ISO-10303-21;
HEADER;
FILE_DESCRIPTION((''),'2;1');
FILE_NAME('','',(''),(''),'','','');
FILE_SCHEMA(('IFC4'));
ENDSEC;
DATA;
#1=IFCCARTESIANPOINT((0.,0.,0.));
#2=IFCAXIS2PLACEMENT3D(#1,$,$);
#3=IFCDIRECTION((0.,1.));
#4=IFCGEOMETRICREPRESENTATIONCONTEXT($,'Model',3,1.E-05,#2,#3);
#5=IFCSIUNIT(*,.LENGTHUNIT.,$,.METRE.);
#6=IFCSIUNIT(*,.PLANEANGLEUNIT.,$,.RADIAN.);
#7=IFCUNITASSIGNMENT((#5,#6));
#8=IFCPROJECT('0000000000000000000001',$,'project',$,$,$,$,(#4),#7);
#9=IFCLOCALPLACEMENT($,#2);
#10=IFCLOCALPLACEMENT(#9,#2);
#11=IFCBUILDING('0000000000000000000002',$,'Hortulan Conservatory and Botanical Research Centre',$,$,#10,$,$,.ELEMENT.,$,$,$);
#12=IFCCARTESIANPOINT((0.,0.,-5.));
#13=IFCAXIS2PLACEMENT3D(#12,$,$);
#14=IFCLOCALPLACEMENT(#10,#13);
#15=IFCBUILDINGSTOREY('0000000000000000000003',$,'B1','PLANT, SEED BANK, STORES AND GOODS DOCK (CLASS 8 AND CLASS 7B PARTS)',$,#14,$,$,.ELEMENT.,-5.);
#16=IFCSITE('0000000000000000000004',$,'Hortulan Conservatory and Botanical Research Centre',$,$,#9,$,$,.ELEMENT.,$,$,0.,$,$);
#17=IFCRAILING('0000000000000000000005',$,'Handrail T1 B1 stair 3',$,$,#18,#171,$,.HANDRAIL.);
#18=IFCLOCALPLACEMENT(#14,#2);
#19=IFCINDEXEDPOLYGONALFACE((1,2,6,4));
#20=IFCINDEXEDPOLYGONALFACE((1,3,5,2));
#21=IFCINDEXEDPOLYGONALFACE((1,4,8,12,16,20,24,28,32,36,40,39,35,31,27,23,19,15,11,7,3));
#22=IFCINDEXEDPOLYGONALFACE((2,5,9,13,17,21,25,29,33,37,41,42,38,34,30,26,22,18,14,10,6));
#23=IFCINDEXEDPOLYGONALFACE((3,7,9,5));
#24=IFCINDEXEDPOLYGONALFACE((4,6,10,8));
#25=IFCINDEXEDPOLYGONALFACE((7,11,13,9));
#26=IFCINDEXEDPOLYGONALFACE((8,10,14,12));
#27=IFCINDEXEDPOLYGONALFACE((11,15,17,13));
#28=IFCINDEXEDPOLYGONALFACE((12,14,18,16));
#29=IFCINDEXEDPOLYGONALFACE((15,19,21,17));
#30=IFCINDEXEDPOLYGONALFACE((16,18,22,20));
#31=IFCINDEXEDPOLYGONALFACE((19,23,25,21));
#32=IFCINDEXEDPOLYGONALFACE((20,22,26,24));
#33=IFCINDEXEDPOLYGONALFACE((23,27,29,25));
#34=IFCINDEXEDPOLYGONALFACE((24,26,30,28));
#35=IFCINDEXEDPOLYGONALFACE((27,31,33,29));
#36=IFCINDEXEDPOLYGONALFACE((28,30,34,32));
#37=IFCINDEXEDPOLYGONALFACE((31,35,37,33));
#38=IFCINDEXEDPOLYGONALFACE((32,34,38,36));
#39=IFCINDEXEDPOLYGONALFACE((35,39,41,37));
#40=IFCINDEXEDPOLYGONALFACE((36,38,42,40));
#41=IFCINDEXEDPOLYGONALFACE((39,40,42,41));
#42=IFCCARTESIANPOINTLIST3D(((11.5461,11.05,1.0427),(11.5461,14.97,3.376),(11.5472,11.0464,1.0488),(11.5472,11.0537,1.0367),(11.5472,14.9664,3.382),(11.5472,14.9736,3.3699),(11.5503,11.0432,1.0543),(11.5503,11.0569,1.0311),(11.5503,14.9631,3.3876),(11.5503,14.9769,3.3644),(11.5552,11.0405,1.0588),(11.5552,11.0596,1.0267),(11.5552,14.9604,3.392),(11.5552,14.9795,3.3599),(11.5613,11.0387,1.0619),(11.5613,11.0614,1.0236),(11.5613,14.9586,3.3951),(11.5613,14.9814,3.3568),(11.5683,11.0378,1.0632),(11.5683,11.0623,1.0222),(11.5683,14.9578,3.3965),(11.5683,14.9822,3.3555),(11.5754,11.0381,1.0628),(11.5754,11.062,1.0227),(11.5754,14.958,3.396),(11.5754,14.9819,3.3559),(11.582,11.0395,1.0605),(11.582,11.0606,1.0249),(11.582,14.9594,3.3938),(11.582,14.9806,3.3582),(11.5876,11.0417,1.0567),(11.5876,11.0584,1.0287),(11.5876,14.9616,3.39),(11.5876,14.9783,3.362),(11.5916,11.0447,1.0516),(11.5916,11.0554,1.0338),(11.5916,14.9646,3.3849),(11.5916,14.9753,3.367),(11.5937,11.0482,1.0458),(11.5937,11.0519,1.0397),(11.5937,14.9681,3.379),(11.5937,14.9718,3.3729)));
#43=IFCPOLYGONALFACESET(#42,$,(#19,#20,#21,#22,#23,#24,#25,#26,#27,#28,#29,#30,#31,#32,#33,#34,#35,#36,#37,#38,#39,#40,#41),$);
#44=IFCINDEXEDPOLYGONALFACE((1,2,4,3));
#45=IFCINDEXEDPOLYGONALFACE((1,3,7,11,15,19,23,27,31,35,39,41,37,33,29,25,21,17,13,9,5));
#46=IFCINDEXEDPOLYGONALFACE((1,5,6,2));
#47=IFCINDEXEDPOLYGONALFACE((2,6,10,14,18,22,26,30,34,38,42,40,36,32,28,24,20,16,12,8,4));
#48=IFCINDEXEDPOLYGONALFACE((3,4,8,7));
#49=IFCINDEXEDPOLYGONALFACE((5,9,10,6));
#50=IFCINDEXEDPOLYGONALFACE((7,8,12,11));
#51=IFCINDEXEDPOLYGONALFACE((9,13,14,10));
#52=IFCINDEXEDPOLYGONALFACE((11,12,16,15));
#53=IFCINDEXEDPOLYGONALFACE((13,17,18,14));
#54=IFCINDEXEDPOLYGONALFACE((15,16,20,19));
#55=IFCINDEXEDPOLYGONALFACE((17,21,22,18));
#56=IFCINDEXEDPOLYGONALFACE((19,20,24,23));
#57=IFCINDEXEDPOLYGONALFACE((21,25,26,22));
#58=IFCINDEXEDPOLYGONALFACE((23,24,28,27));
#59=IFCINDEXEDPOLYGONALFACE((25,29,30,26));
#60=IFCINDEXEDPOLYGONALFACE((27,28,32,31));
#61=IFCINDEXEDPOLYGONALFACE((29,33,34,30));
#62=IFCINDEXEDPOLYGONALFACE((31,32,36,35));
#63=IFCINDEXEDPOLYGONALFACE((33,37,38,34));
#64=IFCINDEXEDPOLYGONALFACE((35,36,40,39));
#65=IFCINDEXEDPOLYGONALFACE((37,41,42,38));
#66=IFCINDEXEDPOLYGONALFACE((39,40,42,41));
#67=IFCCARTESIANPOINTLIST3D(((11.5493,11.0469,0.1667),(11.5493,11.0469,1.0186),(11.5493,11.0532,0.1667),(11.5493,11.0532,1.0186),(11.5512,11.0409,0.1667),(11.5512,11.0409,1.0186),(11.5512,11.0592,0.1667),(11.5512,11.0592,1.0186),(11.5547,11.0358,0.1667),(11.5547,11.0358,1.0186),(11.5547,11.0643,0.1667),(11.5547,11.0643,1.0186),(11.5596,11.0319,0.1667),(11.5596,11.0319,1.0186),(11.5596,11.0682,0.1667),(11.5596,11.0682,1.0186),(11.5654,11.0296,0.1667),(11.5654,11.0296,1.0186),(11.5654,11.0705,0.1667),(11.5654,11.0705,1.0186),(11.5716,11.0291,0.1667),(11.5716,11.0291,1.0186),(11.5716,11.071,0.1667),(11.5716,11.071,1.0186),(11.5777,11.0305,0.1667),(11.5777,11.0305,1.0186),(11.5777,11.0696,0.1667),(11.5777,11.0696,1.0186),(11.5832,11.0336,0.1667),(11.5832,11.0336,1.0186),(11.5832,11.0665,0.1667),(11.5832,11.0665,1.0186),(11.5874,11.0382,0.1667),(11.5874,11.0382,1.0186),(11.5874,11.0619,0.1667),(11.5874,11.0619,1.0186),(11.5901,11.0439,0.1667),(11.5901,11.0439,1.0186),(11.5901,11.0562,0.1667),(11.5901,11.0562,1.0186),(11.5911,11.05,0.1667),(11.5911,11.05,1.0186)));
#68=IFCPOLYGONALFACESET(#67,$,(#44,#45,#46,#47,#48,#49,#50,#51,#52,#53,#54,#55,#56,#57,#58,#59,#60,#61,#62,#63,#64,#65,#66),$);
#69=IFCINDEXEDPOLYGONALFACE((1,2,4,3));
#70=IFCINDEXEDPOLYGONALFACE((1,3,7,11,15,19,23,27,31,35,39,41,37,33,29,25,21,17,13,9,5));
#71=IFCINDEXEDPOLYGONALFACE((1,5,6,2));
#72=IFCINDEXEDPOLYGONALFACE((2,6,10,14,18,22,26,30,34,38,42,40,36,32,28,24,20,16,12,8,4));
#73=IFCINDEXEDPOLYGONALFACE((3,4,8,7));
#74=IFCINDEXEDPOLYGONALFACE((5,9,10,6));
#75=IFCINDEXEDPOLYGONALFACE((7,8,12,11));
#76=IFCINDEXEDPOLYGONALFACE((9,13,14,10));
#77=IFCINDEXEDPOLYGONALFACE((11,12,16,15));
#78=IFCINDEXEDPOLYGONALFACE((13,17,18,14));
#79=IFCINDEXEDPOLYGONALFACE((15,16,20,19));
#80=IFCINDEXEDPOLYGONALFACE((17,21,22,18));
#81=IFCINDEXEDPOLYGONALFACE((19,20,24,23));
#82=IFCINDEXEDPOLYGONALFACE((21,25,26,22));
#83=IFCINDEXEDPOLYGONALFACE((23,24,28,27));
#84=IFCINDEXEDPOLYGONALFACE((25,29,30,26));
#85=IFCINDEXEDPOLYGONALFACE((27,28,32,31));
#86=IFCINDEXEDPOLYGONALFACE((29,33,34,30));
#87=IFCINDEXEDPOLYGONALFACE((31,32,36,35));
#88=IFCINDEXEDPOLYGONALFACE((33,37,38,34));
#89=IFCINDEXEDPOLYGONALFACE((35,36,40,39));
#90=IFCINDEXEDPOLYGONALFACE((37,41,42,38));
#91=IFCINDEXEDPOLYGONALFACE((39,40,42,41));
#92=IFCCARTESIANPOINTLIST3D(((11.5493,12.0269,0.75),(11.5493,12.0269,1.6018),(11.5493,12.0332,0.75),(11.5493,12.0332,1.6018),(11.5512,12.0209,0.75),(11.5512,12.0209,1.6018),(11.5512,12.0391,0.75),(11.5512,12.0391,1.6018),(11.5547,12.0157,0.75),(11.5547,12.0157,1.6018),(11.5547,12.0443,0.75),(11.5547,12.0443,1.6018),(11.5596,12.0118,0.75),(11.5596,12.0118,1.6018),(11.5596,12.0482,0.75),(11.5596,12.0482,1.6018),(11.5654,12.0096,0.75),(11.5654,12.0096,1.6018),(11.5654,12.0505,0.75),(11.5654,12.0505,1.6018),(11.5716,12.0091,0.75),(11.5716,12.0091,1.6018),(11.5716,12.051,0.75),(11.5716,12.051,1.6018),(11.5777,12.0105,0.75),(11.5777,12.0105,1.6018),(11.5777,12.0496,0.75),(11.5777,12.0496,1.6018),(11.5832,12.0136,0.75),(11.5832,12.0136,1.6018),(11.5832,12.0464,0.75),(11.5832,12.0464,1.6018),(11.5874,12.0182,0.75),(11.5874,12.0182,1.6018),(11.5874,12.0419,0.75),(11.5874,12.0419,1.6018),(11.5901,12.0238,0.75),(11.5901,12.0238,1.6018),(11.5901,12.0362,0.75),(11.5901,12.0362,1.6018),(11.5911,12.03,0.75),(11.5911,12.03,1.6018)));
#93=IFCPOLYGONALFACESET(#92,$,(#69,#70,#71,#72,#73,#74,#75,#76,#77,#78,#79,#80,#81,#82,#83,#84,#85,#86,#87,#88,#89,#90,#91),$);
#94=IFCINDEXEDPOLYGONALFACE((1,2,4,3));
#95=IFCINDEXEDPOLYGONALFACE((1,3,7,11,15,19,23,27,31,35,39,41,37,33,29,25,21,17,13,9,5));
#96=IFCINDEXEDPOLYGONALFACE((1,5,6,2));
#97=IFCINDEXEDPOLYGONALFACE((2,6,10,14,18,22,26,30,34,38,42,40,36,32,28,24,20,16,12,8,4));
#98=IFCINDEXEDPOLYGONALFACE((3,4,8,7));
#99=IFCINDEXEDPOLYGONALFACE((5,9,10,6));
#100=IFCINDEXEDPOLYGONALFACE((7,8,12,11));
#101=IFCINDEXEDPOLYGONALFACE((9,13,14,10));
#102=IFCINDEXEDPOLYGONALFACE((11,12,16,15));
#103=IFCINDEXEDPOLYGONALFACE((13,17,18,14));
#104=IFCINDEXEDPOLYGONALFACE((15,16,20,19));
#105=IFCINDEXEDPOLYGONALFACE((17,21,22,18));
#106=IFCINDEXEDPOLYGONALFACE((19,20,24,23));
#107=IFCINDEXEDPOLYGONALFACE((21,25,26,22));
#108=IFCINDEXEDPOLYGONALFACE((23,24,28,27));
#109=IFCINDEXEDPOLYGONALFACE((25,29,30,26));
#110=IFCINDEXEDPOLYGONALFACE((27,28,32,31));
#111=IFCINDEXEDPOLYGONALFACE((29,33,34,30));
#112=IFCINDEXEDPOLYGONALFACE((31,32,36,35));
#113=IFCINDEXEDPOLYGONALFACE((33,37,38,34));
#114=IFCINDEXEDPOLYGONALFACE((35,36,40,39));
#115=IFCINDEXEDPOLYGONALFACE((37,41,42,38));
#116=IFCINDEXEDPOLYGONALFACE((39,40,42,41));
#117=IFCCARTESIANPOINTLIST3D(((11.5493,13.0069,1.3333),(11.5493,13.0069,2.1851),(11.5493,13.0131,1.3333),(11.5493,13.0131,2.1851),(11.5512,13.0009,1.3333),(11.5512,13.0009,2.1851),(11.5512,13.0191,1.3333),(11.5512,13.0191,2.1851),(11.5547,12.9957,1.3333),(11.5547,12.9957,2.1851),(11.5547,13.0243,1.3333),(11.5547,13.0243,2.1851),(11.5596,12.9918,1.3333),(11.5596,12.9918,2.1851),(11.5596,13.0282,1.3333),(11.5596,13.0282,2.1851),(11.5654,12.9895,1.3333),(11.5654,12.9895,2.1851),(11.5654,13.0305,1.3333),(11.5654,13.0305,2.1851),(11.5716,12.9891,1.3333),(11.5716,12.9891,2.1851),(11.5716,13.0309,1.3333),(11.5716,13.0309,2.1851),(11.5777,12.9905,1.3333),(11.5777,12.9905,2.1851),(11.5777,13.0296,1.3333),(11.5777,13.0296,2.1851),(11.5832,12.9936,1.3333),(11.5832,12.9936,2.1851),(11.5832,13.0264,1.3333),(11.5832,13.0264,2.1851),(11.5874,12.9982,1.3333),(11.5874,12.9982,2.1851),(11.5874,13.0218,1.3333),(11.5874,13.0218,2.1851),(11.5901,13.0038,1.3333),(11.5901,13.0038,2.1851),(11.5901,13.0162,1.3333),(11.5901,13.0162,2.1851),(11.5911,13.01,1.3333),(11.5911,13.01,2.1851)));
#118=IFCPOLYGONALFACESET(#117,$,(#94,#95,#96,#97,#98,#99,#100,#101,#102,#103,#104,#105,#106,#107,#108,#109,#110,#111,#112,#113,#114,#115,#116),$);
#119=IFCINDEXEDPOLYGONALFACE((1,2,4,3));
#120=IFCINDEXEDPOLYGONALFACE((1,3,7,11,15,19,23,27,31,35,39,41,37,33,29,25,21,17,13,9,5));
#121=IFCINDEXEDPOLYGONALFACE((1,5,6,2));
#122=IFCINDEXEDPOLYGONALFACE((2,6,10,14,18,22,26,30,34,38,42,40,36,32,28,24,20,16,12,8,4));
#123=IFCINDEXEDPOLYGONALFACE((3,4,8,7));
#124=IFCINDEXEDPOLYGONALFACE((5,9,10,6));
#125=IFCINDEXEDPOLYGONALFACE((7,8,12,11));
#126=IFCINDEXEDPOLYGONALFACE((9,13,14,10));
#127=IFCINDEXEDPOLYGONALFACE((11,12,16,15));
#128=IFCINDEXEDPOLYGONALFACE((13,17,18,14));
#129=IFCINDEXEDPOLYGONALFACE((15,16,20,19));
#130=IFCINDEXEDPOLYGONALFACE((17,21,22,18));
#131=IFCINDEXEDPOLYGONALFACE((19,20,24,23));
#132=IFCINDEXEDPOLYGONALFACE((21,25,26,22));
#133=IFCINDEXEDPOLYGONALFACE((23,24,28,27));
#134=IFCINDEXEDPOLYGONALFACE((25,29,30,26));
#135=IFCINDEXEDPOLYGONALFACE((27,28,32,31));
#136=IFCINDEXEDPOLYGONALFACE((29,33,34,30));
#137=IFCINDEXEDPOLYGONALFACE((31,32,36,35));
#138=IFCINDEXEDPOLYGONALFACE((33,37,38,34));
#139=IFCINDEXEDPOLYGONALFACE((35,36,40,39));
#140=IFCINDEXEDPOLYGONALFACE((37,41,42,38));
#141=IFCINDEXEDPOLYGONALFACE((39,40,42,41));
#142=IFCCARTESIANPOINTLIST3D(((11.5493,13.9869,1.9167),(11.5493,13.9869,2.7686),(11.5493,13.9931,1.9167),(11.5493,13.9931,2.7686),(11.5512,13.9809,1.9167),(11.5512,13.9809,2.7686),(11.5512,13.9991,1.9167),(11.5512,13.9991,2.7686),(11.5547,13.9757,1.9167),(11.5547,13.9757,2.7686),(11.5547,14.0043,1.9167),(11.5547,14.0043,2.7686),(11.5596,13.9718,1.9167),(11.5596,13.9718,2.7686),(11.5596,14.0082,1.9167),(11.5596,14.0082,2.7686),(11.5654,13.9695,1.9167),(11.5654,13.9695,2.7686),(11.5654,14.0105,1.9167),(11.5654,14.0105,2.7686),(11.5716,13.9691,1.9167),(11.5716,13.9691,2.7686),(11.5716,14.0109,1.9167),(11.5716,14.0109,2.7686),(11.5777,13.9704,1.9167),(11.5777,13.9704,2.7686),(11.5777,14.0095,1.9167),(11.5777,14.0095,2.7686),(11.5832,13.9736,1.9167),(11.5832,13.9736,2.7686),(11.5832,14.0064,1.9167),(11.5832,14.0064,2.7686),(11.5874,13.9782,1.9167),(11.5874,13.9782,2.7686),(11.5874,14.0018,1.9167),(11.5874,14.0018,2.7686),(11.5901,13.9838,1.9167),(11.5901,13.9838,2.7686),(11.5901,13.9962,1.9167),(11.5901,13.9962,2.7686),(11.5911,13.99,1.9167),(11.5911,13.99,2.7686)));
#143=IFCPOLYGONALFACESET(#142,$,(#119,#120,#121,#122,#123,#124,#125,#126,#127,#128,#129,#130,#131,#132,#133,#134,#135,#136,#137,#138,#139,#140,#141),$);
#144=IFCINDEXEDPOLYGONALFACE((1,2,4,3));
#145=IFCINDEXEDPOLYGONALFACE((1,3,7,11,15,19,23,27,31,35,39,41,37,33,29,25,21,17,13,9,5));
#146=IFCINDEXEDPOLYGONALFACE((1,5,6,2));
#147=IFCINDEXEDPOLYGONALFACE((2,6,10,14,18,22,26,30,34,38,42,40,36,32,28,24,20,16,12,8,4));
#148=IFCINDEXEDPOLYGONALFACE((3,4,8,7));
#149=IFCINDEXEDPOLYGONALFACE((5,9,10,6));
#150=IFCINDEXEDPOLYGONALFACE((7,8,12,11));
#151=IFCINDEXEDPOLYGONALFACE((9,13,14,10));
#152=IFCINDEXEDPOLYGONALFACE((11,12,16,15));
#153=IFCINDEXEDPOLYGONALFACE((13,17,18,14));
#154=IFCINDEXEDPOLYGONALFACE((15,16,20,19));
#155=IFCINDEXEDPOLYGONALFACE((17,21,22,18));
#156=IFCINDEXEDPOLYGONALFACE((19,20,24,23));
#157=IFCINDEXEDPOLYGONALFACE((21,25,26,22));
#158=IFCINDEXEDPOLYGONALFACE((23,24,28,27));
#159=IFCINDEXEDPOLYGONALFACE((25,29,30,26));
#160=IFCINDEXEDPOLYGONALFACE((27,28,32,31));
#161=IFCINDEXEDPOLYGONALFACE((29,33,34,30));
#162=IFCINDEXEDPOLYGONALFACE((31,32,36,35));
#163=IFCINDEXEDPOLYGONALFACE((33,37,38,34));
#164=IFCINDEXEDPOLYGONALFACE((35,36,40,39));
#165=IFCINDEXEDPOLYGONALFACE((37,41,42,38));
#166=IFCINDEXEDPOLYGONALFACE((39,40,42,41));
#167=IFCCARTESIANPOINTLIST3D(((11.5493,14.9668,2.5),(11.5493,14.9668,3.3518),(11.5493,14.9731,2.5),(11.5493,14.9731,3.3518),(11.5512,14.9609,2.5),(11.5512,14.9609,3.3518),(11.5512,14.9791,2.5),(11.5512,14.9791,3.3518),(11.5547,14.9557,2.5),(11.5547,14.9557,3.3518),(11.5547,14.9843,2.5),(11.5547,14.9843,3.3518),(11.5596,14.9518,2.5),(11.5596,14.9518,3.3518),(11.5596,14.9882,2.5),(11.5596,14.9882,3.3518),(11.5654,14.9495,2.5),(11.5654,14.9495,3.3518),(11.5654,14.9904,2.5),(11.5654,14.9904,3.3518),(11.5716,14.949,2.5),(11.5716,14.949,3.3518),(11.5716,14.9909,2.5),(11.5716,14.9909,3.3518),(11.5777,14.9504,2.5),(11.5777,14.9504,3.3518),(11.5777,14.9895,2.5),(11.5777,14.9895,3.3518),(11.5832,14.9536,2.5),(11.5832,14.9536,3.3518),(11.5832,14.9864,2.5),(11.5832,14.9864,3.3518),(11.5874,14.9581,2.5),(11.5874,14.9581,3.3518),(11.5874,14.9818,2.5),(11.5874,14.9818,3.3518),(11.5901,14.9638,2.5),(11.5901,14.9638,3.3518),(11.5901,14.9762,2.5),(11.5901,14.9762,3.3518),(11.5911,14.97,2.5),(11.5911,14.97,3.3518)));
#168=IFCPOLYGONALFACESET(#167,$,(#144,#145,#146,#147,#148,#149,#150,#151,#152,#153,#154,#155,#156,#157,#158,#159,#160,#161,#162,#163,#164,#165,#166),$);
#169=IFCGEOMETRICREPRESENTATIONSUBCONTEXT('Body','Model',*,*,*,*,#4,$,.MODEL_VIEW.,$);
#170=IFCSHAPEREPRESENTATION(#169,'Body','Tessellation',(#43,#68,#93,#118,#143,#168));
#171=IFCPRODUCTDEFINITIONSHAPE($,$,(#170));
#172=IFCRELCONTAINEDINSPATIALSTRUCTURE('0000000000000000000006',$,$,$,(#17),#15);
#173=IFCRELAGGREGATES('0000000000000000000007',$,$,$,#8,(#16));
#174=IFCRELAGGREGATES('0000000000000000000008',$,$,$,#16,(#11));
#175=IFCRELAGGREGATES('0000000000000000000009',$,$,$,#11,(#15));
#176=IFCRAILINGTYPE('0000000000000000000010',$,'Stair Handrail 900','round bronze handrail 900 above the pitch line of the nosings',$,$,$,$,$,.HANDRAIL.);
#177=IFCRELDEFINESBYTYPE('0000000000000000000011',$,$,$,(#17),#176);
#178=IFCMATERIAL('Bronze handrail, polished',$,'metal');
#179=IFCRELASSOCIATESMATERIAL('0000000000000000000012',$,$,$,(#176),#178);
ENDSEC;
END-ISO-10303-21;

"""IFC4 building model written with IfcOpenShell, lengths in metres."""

from ifc_helpers import new_model, si_unit, direction, frame, origin, origin_2d, place, context, subcontext, project, spatial, circle, extrude, material, type_object, element, save


model = new_model("IFC4")

# Units and contexts
model_context = context("Model", 3, precision=1e-05, world=origin(), true_north=direction((0.0, 1.0)))
body_context = subcontext(model_context, "Body", "Model", "MODEL_VIEW")
ifc_project = project(units=[si_unit("LENGTHUNIT", "METRE"), si_unit("PLANEANGLEUNIT", "RADIAN")], contexts=[model_context])

# Site, building, storey
site_placement = place(None, origin())
site = spatial("IfcSite", under=ifc_project, at=site_placement, Name="Hortulan Conservatory and Botanical Research Centre", CompositionType="ELEMENT", RefElevation=0.0)
building_placement = place(site_placement, origin())
building = spatial("IfcBuilding", under=site, at=building_placement, Name="Hortulan Conservatory and Botanical Research Centre", CompositionType="ELEMENT")
storey_placement = place(building_placement, frame((0.0, 0.0, -5.0)))
storey = spatial("IfcBuildingStorey", under=building, at=storey_placement, Name="B1", Description="PLANT, SEED BANK, STORES AND GOODS DOCK (CLASS 8 AND CLASS 7B PARTS)", CompositionType="ELEMENT", Elevation=-5.0)

# Railing
ifc_material_1 = material(Name="Bronze handrail, polished", Category="metal")
railing_type_1 = type_object("IfcRailingType", Name="Stair Handrail 900", Description="round bronze handrail 900 above the pitch line of the nosings", PredefinedType="HANDRAIL", material=ifc_material_1)
railing_1_placement = place(storey_placement, frame((11.5701, 11.05, 0.1667)))
element("IfcRailing", 1, at=railing_1_placement, inside=storey, type_object=railing_type_1, Name="Handrail T1 B1 stair 3", PredefinedType="HANDRAIL", context=body_context, shape_type="SweptSolid", body=[
    extrude(circle(Radius=0.0239, at=origin_2d()), frame((0.0, 0.0, 0.876), z_axis=(0.0, 0.859296, 0.511478), x_axis=(-1.0, 0.0, 0.0)), (0.0, 0.0, 1.0), 4.5618),
    extrude(circle(Radius=0.021, at=origin_2d()), origin(), (0.0, 0.0, 1.0), 0.8518),
    extrude(circle(Radius=0.021, at=origin_2d()), frame((0.0, 0.98, 0.5833)), (0.0, 0.0, 1.0), 0.8518),
    extrude(circle(Radius=0.021, at=origin_2d()), frame((0.0, 1.96, 1.1665)), (0.0, 0.0, 1.0), 0.8518),
    extrude(circle(Radius=0.021, at=origin_2d()), frame((0.0, 2.9399, 1.75)), (0.0, 0.0, 1.0), 0.8518),
    extrude(circle(Radius=0.021, at=origin_2d()), frame((0.0, 3.9199, 2.3333)), (0.0, 0.0, 1.0), 0.8518),
])

save(model, "model.ifc")
